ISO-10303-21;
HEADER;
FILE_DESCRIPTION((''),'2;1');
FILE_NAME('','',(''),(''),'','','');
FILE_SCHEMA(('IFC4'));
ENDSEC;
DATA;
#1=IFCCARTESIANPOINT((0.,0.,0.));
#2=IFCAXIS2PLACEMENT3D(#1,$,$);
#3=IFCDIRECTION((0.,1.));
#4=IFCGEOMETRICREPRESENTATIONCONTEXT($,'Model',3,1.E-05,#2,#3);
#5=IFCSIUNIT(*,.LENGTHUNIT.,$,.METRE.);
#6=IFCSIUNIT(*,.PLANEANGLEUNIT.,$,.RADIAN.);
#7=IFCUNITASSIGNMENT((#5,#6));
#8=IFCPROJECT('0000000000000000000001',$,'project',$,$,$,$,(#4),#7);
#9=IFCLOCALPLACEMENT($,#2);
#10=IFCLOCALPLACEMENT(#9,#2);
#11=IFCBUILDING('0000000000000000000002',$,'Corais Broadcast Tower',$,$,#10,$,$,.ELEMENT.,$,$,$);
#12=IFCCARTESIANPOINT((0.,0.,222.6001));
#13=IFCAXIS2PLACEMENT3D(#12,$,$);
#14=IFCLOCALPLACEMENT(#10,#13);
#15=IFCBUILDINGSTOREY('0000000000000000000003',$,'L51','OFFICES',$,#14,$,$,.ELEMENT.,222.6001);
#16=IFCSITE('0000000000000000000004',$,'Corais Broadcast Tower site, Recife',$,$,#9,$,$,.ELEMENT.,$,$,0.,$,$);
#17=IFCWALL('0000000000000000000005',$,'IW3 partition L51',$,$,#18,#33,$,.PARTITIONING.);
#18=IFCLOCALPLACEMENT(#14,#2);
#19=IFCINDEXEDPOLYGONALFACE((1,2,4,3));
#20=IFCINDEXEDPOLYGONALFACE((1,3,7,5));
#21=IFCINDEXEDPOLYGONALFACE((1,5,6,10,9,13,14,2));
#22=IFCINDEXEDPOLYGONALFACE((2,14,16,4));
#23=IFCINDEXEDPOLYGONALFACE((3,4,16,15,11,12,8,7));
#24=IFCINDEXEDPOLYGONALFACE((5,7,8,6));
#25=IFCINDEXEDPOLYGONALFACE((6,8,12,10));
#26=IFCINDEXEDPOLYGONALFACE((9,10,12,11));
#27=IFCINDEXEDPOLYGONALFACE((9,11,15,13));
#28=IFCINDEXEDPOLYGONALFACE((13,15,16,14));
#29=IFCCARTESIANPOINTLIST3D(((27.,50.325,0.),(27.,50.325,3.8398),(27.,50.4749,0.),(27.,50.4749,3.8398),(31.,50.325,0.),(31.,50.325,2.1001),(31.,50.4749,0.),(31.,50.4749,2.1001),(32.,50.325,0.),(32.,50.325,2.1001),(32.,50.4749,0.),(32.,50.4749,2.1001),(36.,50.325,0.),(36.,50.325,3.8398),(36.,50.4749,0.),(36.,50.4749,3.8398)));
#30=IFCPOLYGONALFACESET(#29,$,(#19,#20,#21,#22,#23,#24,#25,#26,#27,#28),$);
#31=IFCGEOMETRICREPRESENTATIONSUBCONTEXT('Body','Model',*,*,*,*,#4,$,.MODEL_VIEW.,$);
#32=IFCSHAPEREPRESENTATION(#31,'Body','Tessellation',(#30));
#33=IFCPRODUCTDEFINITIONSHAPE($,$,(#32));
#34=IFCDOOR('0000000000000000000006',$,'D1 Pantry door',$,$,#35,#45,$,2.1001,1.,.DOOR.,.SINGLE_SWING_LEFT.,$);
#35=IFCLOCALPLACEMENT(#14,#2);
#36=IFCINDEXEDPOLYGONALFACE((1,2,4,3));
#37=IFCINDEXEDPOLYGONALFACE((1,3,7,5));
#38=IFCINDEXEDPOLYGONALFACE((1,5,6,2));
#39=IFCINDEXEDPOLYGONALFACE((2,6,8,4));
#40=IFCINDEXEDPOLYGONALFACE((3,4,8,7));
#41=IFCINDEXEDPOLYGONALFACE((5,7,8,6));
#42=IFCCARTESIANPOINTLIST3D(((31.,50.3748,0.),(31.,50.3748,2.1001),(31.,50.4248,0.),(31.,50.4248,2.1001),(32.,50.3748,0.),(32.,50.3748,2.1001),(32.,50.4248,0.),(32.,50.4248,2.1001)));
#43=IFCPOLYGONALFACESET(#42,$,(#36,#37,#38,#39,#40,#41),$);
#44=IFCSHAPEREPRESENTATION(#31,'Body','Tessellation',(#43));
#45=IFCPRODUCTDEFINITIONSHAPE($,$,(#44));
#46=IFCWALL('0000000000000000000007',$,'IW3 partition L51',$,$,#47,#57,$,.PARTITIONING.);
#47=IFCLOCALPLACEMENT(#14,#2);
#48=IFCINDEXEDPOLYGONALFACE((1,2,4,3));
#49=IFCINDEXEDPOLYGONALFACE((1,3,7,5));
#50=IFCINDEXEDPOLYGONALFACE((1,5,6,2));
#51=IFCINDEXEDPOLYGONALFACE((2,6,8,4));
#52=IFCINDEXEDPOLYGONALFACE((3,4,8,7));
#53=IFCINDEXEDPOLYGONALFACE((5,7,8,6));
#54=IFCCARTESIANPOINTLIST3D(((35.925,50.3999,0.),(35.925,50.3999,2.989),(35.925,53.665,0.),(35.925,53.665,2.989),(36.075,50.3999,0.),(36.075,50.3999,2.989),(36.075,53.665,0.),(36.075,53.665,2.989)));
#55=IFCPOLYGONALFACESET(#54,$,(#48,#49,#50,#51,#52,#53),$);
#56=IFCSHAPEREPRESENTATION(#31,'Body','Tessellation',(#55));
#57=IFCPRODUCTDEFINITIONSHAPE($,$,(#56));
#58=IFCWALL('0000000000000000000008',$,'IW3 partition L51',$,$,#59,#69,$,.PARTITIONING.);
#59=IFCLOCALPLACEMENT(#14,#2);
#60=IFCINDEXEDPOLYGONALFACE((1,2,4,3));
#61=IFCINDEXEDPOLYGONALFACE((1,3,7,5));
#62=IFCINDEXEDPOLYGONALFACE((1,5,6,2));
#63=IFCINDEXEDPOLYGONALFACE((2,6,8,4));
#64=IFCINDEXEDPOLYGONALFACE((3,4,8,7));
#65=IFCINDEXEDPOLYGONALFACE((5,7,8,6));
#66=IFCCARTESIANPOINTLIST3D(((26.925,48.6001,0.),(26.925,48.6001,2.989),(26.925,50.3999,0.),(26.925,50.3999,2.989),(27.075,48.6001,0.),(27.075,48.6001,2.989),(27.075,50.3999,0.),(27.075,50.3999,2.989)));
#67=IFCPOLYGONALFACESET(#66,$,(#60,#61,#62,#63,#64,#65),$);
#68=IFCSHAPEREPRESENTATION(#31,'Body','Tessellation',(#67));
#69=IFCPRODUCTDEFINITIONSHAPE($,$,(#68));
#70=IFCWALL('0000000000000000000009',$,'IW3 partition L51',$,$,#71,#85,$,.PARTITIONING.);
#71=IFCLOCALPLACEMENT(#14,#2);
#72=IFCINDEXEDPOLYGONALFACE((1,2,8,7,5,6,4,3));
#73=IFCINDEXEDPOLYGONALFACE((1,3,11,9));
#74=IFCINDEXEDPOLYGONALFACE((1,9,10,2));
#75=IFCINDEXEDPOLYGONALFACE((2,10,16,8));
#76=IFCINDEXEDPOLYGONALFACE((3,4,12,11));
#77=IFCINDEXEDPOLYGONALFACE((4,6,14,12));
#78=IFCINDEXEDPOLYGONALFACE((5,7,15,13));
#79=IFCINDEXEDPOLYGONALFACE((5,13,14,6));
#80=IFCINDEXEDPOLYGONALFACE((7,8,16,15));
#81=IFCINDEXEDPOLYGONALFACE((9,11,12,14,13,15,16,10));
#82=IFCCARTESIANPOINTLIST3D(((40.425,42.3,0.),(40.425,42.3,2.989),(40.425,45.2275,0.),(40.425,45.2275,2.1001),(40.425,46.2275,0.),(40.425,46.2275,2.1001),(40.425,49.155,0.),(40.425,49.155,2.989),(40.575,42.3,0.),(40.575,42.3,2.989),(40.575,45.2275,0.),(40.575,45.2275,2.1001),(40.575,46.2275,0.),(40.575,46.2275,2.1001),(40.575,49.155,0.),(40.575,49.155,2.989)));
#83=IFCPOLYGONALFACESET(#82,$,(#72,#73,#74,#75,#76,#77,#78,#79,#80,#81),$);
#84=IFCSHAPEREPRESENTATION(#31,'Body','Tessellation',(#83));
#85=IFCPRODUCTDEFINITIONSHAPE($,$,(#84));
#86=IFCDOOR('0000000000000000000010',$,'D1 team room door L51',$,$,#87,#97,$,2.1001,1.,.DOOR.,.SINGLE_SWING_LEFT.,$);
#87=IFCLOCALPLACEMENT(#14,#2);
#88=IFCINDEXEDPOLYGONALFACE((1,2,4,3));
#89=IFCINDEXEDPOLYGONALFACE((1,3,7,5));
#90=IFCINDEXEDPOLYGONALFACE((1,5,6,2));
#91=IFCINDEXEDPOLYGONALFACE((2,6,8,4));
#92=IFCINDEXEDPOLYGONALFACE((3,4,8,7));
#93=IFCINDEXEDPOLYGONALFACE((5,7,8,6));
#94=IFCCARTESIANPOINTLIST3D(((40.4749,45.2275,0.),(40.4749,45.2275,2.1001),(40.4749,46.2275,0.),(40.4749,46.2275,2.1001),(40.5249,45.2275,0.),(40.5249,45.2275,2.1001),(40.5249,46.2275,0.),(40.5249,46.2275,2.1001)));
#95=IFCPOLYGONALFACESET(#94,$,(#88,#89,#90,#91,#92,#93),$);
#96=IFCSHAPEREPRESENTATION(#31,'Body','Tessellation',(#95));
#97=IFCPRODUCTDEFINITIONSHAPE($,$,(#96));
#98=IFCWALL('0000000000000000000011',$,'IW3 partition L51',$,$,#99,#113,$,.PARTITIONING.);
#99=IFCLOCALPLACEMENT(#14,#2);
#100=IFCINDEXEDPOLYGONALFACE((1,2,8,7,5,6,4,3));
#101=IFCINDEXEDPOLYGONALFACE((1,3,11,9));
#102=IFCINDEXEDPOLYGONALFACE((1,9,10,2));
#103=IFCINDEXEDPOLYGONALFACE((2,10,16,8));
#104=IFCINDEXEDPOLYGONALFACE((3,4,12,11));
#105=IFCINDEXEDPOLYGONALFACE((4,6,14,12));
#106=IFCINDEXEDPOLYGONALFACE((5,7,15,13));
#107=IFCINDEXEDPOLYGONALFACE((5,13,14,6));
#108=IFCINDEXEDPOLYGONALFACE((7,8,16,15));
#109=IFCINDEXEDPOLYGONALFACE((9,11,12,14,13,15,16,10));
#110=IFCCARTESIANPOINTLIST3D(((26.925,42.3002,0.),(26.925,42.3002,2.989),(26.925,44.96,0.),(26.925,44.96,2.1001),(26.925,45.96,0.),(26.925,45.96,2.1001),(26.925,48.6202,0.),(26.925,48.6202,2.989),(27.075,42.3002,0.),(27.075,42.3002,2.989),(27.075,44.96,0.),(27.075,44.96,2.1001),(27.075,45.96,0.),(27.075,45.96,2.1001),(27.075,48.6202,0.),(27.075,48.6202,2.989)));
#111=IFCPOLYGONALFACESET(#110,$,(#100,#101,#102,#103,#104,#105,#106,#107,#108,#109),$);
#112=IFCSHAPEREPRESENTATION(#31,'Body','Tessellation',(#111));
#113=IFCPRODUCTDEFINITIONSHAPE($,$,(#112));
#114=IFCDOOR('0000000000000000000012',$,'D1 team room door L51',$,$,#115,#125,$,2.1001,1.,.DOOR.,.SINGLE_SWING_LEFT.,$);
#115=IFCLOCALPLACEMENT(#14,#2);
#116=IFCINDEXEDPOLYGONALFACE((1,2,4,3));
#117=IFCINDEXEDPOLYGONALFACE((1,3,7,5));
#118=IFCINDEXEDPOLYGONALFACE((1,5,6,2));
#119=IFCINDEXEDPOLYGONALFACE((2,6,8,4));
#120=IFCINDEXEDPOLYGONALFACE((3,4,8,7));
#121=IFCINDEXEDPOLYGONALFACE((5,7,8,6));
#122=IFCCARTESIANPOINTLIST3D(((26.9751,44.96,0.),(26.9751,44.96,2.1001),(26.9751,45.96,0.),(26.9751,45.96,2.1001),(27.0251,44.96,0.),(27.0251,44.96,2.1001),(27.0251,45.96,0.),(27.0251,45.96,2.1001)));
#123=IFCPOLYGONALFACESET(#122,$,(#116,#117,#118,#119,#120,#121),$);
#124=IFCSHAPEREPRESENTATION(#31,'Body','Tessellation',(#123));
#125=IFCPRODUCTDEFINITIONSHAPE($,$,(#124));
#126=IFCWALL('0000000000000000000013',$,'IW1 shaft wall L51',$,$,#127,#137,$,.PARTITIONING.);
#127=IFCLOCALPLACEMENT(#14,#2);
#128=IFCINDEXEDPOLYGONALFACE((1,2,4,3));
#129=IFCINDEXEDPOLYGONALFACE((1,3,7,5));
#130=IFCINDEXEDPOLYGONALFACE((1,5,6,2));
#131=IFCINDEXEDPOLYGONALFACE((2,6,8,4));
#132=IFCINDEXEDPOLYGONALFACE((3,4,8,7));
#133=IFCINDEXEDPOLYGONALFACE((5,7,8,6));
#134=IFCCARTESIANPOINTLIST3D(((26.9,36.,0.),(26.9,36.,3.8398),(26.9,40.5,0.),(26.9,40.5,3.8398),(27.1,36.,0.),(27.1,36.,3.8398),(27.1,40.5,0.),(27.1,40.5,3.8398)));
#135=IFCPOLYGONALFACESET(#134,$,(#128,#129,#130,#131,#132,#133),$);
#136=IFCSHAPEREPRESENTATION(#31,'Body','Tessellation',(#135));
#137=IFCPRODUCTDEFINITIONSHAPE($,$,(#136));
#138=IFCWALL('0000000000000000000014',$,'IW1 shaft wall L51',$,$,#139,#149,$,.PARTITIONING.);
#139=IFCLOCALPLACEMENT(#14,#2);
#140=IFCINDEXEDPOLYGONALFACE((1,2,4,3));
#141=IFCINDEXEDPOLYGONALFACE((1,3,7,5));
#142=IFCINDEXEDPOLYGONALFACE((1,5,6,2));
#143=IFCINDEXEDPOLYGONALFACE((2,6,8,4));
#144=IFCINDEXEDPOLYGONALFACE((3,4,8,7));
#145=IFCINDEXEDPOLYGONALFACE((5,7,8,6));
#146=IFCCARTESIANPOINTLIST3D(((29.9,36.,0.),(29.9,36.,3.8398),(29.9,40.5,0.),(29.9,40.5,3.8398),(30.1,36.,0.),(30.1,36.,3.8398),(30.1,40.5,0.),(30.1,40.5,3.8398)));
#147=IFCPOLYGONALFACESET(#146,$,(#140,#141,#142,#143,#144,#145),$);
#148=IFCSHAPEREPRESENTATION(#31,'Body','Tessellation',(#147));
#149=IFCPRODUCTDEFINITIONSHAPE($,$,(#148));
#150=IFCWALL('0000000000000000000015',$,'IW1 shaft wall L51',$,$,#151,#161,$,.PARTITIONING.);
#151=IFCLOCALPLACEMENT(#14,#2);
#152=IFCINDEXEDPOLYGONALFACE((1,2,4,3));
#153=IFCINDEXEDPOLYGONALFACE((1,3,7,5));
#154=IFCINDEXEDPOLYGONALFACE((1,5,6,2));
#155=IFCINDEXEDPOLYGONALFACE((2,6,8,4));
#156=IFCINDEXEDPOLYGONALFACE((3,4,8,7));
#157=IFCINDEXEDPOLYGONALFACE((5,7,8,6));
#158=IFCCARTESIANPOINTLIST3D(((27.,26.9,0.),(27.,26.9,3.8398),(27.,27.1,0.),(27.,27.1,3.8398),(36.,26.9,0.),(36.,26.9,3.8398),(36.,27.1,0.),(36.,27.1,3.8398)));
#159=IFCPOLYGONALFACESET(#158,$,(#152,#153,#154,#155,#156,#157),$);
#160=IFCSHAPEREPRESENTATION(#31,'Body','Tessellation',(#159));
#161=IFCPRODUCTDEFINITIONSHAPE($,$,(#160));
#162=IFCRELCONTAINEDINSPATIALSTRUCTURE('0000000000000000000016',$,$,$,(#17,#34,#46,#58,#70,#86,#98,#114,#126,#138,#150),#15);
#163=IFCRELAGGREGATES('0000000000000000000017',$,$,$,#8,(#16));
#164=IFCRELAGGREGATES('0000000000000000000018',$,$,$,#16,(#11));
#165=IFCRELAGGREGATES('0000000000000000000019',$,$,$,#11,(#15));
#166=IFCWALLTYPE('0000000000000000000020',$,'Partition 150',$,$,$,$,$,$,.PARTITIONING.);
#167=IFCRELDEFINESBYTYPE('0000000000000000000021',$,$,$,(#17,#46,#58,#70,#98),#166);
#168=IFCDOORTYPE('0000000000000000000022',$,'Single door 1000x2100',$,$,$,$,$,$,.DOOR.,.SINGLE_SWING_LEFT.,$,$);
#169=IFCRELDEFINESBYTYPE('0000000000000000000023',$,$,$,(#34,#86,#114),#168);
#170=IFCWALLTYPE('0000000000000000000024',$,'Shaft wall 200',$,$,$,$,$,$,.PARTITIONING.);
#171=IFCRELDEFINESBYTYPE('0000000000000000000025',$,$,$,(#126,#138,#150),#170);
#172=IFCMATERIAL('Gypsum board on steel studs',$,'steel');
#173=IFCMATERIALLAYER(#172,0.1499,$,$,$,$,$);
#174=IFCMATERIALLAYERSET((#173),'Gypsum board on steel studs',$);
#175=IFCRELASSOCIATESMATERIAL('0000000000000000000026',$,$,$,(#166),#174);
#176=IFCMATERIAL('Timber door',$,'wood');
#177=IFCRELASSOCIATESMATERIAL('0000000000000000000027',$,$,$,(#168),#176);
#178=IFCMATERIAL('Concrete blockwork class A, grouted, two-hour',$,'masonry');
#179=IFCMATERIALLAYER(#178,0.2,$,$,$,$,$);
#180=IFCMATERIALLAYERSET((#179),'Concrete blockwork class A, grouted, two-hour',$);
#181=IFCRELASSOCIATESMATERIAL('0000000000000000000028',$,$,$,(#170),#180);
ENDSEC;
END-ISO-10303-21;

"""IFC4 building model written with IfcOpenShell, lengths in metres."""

from ifc_helpers import new_model, si_unit, direction, frame, frame_2d, origin, place, context, subcontext, project, spatial, rectangle, extrude, material, layer, layer_set, type_object, element, fill, save


model = new_model("IFC4")

# Units and contexts
model_context = context("Model", 3, precision=1e-05, world=origin(), true_north=direction((0.0, 1.0)))
body_context = subcontext(model_context, "Body", "Model", "MODEL_VIEW")
ifc_project = project(units=[si_unit("LENGTHUNIT", "METRE"), si_unit("PLANEANGLEUNIT", "RADIAN")], contexts=[model_context])

# Site, building, storey
site_placement = place(None, origin())
site = spatial("IfcSite", under=ifc_project, at=site_placement, Name="Corais Broadcast Tower site, Recife", CompositionType="ELEMENT", RefElevation=0.0)
building_placement = place(site_placement, origin())
building = spatial("IfcBuilding", under=site, at=building_placement, Name="Corais Broadcast Tower", CompositionType="ELEMENT")
storey_placement = place(building_placement, frame((0.0, 0.0, 222.6001)))
storey = spatial("IfcBuildingStorey", under=building, at=storey_placement, Name="L51", Description="OFFICES", CompositionType="ELEMENT", Elevation=222.6001)

# Wall, opening, door
ifc_material_1 = material(Name="Gypsum board on steel studs", Category="steel")
ifc_layer_1 = layer(ifc_material_1, 0.1499)
ifc_layer_set_1 = layer_set([ifc_layer_1], Name="Gypsum board on steel studs")
wall_type_1 = type_object("IfcWallType", Name="Partition 150", PredefinedType="PARTITIONING", material=ifc_layer_set_1)
wall_1_placement = place(storey_placement, frame((27.0, 50.3999, 0.0), z_axis=(0.0, 0.0, 1.0), x_axis=(1.0, 0.0, 0.0)))
wall_1 = element("IfcWall", 1, at=wall_1_placement, inside=storey, type_object=wall_type_1, Name="IW3 partition L51", PredefinedType="PARTITIONING", context=body_context, shape_type="SweptSolid", body=[
    extrude(rectangle(XDim=9.0, YDim=0.1499, at=frame_2d((4.5, 0.0))), origin(), (0.0, 0.0, 1.0), 3.8398),
])
opening_1_placement = place(wall_1_placement, frame((4.0, 0.0, 0.0)))
opening_1 = element("IfcOpeningElement", 2, at=opening_1_placement, cuts=wall_1, PredefinedType="OPENING", context=body_context, shape_type="SweptSolid", body=[
    extrude(rectangle(XDim=1.0, YDim=2.1001, at=frame_2d((0.5, 1.05))), frame((0.0, 0.085, 0.0), z_axis=(0.0, -1.0, 0.0), x_axis=(1.0, 0.0, 0.0)), (0.0, 0.0, 1.0), 0.1699),
])
ifc_material_2 = material(Name="Timber door", Category="wood")
door_type = type_object("IfcDoorType", Name="Single door 1000x2100", OperationType="SINGLE_SWING_LEFT", PredefinedType="DOOR", material=ifc_material_2)
door_1_placement = place(opening_1_placement, origin())
door_1 = element("IfcDoor", 3, at=door_1_placement, inside=storey, type_object=door_type, Name="D1 Pantry door", OperationType="SINGLE_SWING_LEFT", OverallHeight=2.1001, OverallWidth=1.0, PredefinedType="DOOR", context=body_context, shape_type="SweptSolid", body=[
    extrude(rectangle(XDim=1.0, YDim=2.1001, at=frame_2d((0.5, 1.05))), frame((0.0, 0.0249, 0.0), z_axis=(0.0, -1.0, 0.0), x_axis=(1.0, 0.0, 0.0)), (0.0, 0.0, 1.0), 0.05),
])
fill(opening_1, door_1)

# Walls
wall_2_placement = place(storey_placement, frame((36.0, 50.3999, 0.0), z_axis=(0.0, 0.0, 1.0), x_axis=(0.0, 1.0, 0.0)))
element("IfcWall", 4, at=wall_2_placement, inside=storey, type_object=wall_type_1, Name="IW3 partition L51", PredefinedType="PARTITIONING", context=body_context, shape_type="SweptSolid", body=[
    extrude(rectangle(XDim=3.2651, YDim=0.1499, at=frame_2d((1.6326, 0.0))), origin(), (0.0, 0.0, 1.0), 2.989),
])
wall_3_placement = place(storey_placement, frame((27.0, 48.6001, 0.0), z_axis=(0.0, 0.0, 1.0), x_axis=(0.0, 1.0, 0.0)))
element("IfcWall", 5, at=wall_3_placement, inside=storey, type_object=wall_type_1, Name="IW3 partition L51", PredefinedType="PARTITIONING", context=body_context, shape_type="SweptSolid", body=[
    extrude(rectangle(XDim=1.7998, YDim=0.1499, at=frame_2d((0.8999, 0.0))), origin(), (0.0, 0.0, 1.0), 2.989),
])

# Walls, openings, doors
wall_4_placement = place(storey_placement, frame((40.5, 49.155, 0.0), z_axis=(0.0, 0.0, 1.0), x_axis=(0.0, -1.0, 0.0)))
wall_4 = element("IfcWall", 6, at=wall_4_placement, inside=storey, type_object=wall_type_1, Name="IW3 partition L51", PredefinedType="PARTITIONING", context=body_context, shape_type="SweptSolid", body=[
    extrude(rectangle(XDim=6.855, YDim=0.1499, at=frame_2d((3.4275, 0.0))), origin(), (0.0, 0.0, 1.0), 2.989),
])
opening_2_placement = place(wall_4_placement, frame((2.9275, 0.0, 0.0)))
opening_2 = element("IfcOpeningElement", 7, at=opening_2_placement, cuts=wall_4, PredefinedType="OPENING", context=body_context, shape_type="SweptSolid", body=[
    extrude(rectangle(XDim=1.0, YDim=2.1001, at=frame_2d((0.5, 1.05))), frame((0.0, 0.085, 0.0), z_axis=(0.0, -1.0, 0.0), x_axis=(1.0, 0.0, 0.0)), (0.0, 0.0, 1.0), 0.1699),
])
door_2_placement = place(opening_2_placement, origin())
door_2 = element("IfcDoor", 8, at=door_2_placement, inside=storey, type_object=door_type, Name="D1 team room door L51", OperationType="SINGLE_SWING_LEFT", OverallHeight=2.1001, OverallWidth=1.0, PredefinedType="DOOR", context=body_context, shape_type="SweptSolid", body=[
    extrude(rectangle(XDim=1.0, YDim=2.1001, at=frame_2d((0.5, 1.05))), frame((0.0, 0.0249, 0.0), z_axis=(0.0, -1.0, 0.0), x_axis=(1.0, 0.0, 0.0)), (0.0, 0.0, 1.0), 0.05),
])
fill(opening_2, door_2)
wall_5_placement = place(storey_placement, frame((27.0, 42.3, 0.0), z_axis=(0.0, 0.0, 1.0), x_axis=(0.0, 1.0, 0.0)))
wall_5 = element("IfcWall", 9, at=wall_5_placement, inside=storey, type_object=wall_type_1, Name="IW3 partition L51", PredefinedType="PARTITIONING", context=body_context, shape_type="SweptSolid", body=[
    extrude(rectangle(XDim=6.3201, YDim=0.1499, at=frame_2d((3.1602, 0.0))), origin(), (0.0, 0.0, 1.0), 2.989),
])
opening_3_placement = place(wall_5_placement, frame((2.6599, 0.0, 0.0)))
opening_3 = element("IfcOpeningElement", 10, at=opening_3_placement, cuts=wall_5, PredefinedType="OPENING", context=body_context, shape_type="SweptSolid", body=[
    extrude(rectangle(XDim=1.0, YDim=2.1001, at=frame_2d((0.5, 1.05))), frame((0.0, 0.085, 0.0), z_axis=(0.0, -1.0, 0.0), x_axis=(1.0, 0.0, 0.0)), (0.0, 0.0, 1.0), 0.1699),
])
door_3_placement = place(opening_3_placement, origin())
door_3 = element("IfcDoor", 11, at=door_3_placement, inside=storey, type_object=door_type, Name="D1 team room door L51", OperationType="SINGLE_SWING_LEFT", OverallHeight=2.1001, OverallWidth=1.0, PredefinedType="DOOR", context=body_context, shape_type="SweptSolid", body=[
    extrude(rectangle(XDim=1.0, YDim=2.1001, at=frame_2d((0.5, 1.05))), frame((0.0, 0.0249, 0.0), z_axis=(0.0, -1.0, 0.0), x_axis=(1.0, 0.0, 0.0)), (0.0, 0.0, 1.0), 0.05),
])
fill(opening_3, door_3)

# Walls
ifc_material_3 = material(Name="Concrete blockwork class A, grouted, two-hour", Category="masonry")
ifc_layer_2 = layer(ifc_material_3, 0.2)
ifc_layer_set_2 = layer_set([ifc_layer_2], Name="Concrete blockwork class A, grouted, two-hour")
wall_type_2 = type_object("IfcWallType", Name="Shaft wall 200", PredefinedType="PARTITIONING", material=ifc_layer_set_2)
for number, where, z_axis, x_axis, name in (
    (12, (27.0, 36.0, 0.0), (0.0, 0.0, 1.0), (0.0, 1.0, 0.0), "IW1 shaft wall L51"),
    (13, (30.0, 36.0, 0.0), (0.0, 0.0, 1.0), (0.0, 1.0, 0.0), "IW1 shaft wall L51"),
):
    element("IfcWall", number, at=place(storey_placement, frame(where, z_axis=z_axis, x_axis=x_axis)), inside=storey, type_object=wall_type_2, Name=name, PredefinedType="PARTITIONING", context=body_context, shape_type="SweptSolid", body=[
        extrude(rectangle(XDim=4.5, YDim=0.2, at=frame_2d((2.25, 0.0))), origin(), (0.0, 0.0, 1.0), 3.8398),
    ])
wall_6_placement = place(storey_placement, frame((27.0, 27.0, 0.0), z_axis=(0.0, 0.0, 1.0), x_axis=(1.0, 0.0, 0.0)))
element("IfcWall", 14, at=wall_6_placement, inside=storey, type_object=wall_type_2, Name="IW1 shaft wall L51", PredefinedType="PARTITIONING", context=body_context, shape_type="SweptSolid", body=[
    extrude(rectangle(XDim=9.0, YDim=0.2, at=frame_2d((4.5, 0.0))), origin(), (0.0, 0.0, 1.0), 3.8398),
])

save(model, "model.ifc")
